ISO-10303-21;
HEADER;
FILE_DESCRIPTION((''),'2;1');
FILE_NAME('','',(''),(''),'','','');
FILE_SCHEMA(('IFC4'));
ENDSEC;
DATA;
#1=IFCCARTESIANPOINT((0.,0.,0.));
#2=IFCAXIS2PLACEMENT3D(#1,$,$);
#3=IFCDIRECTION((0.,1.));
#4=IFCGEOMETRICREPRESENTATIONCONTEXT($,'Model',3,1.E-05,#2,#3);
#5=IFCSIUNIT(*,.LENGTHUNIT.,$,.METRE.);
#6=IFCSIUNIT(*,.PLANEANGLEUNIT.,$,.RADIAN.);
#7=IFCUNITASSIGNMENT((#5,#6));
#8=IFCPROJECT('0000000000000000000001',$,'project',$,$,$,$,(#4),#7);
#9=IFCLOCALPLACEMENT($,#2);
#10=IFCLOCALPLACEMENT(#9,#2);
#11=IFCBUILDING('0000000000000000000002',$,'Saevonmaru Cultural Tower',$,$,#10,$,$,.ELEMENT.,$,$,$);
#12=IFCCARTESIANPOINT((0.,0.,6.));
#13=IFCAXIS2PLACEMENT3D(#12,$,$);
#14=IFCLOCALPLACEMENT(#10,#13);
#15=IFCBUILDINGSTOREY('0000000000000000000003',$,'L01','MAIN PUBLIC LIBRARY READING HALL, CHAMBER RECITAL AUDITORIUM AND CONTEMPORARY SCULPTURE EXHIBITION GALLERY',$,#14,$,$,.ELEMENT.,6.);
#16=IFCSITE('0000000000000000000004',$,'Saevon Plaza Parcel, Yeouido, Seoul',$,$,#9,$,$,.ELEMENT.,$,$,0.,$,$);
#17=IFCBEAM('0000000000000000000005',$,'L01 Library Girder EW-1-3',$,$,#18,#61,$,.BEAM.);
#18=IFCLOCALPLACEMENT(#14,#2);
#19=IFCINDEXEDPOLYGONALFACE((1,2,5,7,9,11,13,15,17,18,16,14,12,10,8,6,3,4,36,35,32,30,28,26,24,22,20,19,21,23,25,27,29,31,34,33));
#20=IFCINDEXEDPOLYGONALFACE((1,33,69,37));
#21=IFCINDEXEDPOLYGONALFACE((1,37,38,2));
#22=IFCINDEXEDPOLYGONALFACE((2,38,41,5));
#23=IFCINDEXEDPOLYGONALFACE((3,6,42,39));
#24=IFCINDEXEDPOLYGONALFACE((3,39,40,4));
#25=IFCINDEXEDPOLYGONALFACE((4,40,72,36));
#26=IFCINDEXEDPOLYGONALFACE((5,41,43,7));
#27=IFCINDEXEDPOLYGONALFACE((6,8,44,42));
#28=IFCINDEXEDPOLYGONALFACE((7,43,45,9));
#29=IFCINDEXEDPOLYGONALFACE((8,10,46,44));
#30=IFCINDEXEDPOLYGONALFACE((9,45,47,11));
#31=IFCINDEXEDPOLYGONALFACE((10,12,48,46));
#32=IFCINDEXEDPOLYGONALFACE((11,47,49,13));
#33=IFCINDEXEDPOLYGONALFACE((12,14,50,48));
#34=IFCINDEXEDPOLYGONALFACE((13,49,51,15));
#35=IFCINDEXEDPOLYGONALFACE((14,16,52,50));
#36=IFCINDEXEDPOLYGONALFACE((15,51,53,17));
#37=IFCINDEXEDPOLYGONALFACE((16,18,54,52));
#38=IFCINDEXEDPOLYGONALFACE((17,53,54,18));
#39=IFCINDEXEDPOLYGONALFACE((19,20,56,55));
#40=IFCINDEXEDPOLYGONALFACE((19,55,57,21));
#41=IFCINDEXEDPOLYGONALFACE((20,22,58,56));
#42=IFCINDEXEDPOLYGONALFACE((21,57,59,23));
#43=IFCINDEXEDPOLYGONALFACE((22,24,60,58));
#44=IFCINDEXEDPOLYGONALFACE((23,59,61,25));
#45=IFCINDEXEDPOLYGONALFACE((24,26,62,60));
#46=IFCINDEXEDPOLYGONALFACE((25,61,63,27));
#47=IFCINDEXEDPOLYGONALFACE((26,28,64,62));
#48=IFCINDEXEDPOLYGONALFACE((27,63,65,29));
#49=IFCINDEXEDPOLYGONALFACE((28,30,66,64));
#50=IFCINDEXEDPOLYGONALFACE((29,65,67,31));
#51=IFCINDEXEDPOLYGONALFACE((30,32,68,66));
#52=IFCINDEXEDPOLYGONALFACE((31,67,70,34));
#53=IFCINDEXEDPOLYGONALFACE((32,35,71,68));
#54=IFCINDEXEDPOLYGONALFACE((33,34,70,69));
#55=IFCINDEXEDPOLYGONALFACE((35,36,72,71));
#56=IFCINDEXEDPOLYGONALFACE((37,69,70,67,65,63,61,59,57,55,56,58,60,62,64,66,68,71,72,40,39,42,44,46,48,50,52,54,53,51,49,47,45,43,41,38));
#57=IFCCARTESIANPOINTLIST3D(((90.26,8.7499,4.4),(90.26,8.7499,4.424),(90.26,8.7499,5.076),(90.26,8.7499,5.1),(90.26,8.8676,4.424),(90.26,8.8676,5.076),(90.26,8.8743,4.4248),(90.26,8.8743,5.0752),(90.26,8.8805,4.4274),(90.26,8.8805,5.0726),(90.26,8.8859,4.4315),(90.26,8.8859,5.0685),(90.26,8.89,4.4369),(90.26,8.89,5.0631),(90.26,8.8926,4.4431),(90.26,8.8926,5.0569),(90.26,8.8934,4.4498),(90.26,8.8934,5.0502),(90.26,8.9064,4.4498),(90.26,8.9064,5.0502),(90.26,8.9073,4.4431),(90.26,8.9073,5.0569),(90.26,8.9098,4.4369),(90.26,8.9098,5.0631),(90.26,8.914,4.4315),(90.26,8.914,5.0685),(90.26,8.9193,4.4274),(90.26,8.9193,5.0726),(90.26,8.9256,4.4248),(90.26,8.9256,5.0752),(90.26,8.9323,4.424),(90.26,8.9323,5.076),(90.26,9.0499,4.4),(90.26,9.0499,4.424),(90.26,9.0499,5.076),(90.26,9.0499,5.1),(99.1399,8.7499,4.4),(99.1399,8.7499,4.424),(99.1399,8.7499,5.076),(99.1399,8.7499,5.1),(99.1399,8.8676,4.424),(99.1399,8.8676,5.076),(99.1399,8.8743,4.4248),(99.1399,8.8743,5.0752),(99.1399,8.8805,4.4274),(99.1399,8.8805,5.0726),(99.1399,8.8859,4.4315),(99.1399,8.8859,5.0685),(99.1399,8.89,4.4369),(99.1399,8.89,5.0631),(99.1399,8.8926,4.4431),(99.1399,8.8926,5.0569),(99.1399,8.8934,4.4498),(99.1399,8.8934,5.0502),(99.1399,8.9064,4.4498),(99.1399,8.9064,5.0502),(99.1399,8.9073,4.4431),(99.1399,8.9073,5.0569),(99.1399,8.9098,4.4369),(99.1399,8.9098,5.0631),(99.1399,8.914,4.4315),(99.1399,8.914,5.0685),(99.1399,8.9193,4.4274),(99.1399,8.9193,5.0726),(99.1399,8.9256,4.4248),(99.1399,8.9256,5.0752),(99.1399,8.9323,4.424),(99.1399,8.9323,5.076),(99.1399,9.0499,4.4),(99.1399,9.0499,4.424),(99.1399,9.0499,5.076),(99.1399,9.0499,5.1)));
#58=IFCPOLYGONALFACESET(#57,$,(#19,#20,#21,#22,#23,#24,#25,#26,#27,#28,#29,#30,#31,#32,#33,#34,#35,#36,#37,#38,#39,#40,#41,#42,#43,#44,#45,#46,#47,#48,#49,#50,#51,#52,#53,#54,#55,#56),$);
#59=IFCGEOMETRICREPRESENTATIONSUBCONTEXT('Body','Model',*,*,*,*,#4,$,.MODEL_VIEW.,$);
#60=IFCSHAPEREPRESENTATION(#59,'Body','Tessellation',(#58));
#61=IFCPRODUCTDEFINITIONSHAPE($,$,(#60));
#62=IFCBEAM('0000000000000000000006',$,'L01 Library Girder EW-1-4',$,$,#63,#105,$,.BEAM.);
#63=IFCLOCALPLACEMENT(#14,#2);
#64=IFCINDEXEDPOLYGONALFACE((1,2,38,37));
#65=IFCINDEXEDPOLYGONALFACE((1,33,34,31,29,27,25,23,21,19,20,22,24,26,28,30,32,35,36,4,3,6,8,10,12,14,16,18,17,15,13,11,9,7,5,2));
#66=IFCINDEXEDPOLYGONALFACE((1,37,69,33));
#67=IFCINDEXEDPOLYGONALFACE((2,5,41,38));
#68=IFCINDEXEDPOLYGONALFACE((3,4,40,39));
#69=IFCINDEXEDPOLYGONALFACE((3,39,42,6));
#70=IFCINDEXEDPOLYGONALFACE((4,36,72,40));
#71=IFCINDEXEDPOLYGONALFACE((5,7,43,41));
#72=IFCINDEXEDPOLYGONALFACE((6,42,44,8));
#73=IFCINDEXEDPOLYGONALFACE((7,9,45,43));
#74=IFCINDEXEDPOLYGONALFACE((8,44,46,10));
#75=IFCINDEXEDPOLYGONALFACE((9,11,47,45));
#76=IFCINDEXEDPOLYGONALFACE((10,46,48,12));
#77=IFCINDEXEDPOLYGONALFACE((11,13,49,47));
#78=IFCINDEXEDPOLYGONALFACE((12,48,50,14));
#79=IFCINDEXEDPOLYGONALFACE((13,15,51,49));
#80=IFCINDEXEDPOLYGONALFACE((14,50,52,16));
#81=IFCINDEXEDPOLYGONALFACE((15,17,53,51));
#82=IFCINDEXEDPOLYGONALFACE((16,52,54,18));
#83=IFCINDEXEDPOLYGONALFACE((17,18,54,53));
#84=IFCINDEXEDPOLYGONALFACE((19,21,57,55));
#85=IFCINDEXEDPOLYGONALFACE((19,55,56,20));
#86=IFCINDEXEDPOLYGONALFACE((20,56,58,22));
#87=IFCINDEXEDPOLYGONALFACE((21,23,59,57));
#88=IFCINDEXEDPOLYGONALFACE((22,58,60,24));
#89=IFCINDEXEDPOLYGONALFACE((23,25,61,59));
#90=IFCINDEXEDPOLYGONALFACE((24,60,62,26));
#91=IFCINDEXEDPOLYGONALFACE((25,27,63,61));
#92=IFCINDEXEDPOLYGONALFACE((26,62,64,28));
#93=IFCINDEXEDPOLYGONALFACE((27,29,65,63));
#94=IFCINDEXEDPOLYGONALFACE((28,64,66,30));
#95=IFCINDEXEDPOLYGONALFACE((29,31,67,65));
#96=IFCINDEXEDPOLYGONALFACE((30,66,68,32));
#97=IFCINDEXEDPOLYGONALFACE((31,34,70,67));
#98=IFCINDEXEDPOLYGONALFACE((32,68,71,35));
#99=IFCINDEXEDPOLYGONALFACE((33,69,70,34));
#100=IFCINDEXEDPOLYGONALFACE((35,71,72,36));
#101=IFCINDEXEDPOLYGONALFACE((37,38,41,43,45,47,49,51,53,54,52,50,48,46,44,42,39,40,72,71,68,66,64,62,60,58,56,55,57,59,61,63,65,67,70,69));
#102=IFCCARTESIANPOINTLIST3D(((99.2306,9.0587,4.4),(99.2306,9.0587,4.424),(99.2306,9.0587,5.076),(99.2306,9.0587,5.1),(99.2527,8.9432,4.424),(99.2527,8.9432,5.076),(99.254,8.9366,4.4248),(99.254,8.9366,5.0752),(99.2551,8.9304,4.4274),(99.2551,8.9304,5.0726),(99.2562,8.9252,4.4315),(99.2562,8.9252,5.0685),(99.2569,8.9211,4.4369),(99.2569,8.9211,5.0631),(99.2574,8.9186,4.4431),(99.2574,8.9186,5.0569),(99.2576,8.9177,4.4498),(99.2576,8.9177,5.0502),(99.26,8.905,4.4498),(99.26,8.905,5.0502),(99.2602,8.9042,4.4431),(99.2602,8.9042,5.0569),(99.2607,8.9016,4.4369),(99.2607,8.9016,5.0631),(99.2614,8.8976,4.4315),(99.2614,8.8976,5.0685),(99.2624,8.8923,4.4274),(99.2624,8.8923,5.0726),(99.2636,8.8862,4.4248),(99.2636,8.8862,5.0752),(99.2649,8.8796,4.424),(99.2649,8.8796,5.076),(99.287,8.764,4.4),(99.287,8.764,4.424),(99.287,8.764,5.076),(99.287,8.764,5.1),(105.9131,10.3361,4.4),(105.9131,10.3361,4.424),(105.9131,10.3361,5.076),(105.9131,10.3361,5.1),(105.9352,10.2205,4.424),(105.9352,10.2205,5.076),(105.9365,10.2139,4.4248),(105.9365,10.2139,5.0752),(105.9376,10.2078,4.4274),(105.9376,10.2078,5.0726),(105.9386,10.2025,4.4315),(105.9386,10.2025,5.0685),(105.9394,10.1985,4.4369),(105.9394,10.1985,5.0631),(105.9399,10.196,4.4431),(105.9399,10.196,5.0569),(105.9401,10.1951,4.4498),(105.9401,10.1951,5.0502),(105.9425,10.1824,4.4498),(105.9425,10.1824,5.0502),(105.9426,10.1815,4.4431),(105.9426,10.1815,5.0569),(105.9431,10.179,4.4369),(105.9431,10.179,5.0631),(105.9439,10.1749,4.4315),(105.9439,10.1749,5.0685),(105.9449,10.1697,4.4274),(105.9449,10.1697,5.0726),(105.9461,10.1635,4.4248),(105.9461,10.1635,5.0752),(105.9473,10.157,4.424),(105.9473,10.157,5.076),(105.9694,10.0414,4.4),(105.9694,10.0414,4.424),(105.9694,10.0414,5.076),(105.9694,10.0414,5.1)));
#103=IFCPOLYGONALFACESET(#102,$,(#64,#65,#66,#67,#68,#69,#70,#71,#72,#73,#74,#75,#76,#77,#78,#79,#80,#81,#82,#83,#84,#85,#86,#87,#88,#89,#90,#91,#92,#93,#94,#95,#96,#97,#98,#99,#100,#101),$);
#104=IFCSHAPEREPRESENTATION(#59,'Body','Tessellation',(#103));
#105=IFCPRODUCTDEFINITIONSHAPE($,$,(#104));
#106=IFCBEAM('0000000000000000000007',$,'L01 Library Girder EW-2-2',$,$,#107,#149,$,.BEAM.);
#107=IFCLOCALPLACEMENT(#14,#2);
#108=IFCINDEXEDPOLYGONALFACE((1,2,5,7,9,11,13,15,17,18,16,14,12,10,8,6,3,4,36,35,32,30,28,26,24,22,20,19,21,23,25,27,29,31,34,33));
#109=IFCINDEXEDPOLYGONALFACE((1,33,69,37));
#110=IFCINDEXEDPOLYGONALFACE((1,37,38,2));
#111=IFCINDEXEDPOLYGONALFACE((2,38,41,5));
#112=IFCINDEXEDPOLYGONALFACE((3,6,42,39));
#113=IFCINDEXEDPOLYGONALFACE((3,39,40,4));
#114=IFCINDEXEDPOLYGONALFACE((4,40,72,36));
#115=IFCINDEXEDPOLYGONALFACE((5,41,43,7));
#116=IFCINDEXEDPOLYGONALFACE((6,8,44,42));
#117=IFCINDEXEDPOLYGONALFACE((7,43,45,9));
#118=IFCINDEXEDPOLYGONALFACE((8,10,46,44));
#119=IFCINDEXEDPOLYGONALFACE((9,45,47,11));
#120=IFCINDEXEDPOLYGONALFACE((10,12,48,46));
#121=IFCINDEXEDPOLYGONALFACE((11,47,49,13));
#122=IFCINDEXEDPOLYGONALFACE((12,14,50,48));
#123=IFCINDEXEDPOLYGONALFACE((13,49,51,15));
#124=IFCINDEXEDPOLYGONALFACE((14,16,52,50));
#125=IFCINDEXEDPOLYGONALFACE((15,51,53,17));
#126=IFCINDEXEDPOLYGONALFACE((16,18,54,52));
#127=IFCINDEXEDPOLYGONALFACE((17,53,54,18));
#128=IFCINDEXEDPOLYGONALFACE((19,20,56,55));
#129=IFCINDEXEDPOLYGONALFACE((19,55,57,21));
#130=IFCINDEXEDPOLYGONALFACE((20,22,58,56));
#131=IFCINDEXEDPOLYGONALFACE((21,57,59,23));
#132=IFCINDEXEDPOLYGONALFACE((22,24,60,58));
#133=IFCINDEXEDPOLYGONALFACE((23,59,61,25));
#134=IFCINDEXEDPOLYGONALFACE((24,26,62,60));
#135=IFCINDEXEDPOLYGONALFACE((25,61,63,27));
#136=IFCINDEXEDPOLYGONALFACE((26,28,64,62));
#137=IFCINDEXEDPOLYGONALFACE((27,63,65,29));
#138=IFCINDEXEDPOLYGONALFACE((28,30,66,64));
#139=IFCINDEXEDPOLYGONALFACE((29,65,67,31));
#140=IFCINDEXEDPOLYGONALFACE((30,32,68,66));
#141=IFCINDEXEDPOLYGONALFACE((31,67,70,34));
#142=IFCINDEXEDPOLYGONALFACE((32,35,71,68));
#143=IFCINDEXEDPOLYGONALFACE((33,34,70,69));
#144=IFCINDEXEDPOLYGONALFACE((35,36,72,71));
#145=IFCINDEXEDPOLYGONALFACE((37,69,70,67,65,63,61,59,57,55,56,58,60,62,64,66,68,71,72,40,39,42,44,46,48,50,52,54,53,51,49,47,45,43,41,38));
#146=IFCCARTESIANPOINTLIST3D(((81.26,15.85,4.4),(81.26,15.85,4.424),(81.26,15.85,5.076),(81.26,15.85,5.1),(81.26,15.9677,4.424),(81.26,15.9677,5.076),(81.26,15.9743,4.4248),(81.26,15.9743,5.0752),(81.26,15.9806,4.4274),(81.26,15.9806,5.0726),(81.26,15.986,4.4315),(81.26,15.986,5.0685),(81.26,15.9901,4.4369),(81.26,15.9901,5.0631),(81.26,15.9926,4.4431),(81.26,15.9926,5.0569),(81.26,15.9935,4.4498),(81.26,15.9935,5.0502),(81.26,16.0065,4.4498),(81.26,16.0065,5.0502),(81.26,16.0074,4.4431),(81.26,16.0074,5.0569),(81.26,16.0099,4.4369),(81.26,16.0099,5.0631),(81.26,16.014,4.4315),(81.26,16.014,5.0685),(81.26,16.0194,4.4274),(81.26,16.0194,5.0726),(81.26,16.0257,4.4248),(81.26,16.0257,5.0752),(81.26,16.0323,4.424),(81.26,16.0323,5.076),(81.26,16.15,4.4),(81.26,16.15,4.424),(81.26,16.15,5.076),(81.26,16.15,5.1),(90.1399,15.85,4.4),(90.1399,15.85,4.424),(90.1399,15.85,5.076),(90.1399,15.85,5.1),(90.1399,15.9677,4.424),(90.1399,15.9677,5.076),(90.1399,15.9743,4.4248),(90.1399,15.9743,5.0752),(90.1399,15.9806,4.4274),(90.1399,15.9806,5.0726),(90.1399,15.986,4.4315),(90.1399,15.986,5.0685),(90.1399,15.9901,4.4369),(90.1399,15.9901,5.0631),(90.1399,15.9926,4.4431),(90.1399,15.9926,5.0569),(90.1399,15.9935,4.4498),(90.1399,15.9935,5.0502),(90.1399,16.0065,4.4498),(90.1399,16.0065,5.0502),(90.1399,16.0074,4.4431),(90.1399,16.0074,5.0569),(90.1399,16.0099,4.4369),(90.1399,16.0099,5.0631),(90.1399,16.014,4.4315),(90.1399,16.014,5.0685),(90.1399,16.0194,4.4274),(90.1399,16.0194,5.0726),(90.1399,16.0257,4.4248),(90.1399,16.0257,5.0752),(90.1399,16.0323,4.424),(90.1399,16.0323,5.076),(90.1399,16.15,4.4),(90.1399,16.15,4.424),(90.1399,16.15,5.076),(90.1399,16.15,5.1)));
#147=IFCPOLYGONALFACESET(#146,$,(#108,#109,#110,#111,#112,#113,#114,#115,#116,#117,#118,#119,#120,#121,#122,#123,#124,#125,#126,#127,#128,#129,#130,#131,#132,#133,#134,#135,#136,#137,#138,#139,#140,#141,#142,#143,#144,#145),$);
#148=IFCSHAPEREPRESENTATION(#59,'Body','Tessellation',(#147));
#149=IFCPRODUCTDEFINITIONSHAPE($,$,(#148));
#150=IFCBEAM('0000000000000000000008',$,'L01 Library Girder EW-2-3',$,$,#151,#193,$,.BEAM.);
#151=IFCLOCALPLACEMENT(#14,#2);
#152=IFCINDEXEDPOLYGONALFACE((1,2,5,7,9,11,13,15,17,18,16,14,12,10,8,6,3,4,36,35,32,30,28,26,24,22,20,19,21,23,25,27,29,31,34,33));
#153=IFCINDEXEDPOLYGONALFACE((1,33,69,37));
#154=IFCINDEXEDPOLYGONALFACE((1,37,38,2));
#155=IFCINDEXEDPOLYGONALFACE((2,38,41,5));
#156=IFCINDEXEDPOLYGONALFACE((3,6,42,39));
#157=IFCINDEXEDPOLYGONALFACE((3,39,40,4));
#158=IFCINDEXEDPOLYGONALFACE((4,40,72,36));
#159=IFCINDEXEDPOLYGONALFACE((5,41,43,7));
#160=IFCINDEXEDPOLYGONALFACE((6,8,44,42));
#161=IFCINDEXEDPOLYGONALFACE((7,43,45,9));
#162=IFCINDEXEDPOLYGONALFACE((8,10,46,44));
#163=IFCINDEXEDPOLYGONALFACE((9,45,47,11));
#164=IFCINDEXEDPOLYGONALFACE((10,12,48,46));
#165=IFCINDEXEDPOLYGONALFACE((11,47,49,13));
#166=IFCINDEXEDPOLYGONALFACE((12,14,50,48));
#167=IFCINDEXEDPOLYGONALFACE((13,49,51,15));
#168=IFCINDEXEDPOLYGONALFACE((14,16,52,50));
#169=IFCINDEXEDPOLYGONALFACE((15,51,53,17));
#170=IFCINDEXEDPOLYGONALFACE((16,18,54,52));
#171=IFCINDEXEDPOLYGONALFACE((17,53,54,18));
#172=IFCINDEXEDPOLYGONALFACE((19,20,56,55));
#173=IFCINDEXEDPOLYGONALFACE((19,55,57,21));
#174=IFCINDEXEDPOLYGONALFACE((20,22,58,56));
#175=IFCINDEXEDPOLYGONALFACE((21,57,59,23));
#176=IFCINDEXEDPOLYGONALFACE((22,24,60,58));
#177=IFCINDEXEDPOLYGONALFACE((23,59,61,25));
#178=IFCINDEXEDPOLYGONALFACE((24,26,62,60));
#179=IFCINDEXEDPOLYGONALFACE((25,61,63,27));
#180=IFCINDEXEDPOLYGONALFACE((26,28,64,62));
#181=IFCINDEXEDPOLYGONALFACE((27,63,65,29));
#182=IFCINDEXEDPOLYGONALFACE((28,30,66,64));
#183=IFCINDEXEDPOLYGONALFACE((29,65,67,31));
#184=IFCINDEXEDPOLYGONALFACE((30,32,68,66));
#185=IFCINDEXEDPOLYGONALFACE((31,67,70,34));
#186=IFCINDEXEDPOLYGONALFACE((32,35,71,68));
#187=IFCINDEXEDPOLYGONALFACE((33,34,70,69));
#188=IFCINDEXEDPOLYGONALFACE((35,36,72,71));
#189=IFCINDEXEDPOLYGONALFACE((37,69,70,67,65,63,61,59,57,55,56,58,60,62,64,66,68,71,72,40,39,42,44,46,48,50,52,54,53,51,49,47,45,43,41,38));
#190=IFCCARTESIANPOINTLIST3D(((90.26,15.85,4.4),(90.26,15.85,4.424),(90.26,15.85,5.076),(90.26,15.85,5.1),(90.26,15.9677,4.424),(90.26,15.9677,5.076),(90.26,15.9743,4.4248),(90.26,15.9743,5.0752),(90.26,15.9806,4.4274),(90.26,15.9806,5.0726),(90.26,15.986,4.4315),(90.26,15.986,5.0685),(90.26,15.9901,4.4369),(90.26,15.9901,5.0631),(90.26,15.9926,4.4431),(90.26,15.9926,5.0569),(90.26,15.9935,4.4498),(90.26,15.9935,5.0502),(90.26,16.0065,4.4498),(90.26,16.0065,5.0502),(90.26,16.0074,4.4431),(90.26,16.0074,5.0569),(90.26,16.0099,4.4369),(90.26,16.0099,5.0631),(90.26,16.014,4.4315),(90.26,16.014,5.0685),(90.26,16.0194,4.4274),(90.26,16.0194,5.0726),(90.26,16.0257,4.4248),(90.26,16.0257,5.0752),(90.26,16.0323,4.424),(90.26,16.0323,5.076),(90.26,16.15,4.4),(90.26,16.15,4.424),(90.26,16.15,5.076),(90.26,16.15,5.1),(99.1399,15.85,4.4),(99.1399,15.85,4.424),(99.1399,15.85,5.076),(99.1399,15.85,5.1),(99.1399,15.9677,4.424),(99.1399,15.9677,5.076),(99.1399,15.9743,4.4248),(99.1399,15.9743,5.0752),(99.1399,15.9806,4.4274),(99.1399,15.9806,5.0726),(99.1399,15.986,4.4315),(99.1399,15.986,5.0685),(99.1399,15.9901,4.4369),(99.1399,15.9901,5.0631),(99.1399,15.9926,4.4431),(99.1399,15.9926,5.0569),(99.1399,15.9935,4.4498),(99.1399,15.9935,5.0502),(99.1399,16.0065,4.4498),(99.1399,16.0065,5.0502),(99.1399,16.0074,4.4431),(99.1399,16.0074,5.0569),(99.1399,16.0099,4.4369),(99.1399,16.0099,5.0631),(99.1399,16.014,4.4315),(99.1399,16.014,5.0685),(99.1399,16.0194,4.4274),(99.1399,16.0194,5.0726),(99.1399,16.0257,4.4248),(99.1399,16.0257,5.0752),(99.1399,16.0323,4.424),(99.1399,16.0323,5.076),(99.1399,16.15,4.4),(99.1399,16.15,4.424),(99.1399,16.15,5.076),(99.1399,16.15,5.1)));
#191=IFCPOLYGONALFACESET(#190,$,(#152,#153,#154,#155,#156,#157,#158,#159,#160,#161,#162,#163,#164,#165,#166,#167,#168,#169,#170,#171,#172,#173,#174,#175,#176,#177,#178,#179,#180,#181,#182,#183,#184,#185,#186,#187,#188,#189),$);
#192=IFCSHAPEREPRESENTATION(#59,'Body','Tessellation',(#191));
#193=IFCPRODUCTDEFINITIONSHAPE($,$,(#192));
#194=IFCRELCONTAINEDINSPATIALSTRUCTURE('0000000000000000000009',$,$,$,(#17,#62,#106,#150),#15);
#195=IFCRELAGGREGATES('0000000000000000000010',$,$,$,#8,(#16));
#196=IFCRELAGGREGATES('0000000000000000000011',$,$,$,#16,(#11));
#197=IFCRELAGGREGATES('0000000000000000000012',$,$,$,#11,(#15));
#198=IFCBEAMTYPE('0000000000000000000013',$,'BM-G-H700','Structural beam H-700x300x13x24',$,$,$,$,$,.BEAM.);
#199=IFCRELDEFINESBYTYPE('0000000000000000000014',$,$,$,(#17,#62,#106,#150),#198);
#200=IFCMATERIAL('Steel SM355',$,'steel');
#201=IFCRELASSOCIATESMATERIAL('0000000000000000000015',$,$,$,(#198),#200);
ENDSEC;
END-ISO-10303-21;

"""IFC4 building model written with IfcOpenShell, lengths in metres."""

from ifc_helpers import new_model, si_unit, direction, frame, origin, origin_2d, place, context, subcontext, project, spatial, i_section, extrude, material, material_profile, profile_set, type_object, element, save


model = new_model("IFC4")

# Units and contexts
model_context = context("Model", 3, precision=1e-05, world=origin(), true_north=direction((0.0, 1.0)))
body_context = subcontext(model_context, "Body", "Model", "MODEL_VIEW")
ifc_project = project(units=[si_unit("LENGTHUNIT", "METRE"), si_unit("PLANEANGLEUNIT", "RADIAN")], contexts=[model_context])

# Site, building, storey
site_placement = place(None, origin())
site = spatial("IfcSite", under=ifc_project, at=site_placement, Name="Saevon Plaza Parcel, Yeouido, Seoul", CompositionType="ELEMENT", RefElevation=0.0)
building_placement = place(site_placement, origin())
building = spatial("IfcBuilding", under=site, at=building_placement, Name="Saevonmaru Cultural Tower", CompositionType="ELEMENT")
storey_placement = place(building_placement, frame((0.0, 0.0, 6.0)))
storey = spatial("IfcBuildingStorey", under=building, at=storey_placement, Name="L01", Description="MAIN PUBLIC LIBRARY READING HALL, CHAMBER RECITAL AUDITORIUM AND CONTEMPORARY SCULPTURE EXHIBITION GALLERY", CompositionType="ELEMENT", Elevation=6.0)

# Shared definitions
ifc_material_1 = material(Name="Steel SM355", Category="steel")

# Beams
ifc_material_profile_1 = material_profile(ifc_material_1, i_section(OverallWidth=0.3, OverallDepth=0.7, WebThickness=0.0129, FlangeThickness=0.0239, FilletRadius=0.0259, at=origin_2d()), Name="H-700x300x13x24")
ifc_profile_set_1 = profile_set([ifc_material_profile_1], Name="Steel SM355")
beam_type_1 = type_object("IfcBeamType", Name="BM-G-H700", Description="Structural beam H-700x300x13x24", PredefinedType="BEAM", material=ifc_profile_set_1)
beam_1_placement = place(storey_placement, frame((90.26, 8.8999, 4.75), z_axis=(1.0, 0.0, 0.0), x_axis=(0.0, 1.0, 0.0)))
element("IfcBeam", 1, at=beam_1_placement, inside=storey, type_object=beam_type_1, Name="L01 Library Girder EW-1-3", PredefinedType="BEAM", context=body_context, shape_type="SweptSolid", body=[
    extrude(i_section(OverallWidth=0.3, OverallDepth=0.7, WebThickness=0.0129, FlangeThickness=0.0239, FilletRadius=0.0259, at=origin_2d()), origin(), (0.0, 0.0, 1.0), 8.8799),
])
beam_2_placement = place(storey_placement, frame((99.2588, 8.9114, 4.75), z_axis=(0.982216, 0.187752, 0.0), x_axis=(-0.187752, 0.982216, 0.0)))
element("IfcBeam", 2, at=beam_2_placement, inside=storey, type_object=beam_type_1, Name="L01 Library Girder EW-1-4", PredefinedType="BEAM", context=body_context, shape_type="SweptSolid", body=[
    extrude(i_section(OverallWidth=0.3, OverallDepth=0.7, WebThickness=0.0129, FlangeThickness=0.0239, FilletRadius=0.0259, at=origin_2d()), origin(), (0.0, 0.0, 1.0), 6.8035),
])
for number, where, z_axis, x_axis, name in (
    (3, (81.26, 16.0, 4.75), (1.0, 0.0, 0.0), (0.0, 1.0, 0.0), "L01 Library Girder EW-2-2"),
    (4, (90.26, 16.0, 4.75), (1.0, 0.0, 0.0), (0.0, 1.0, 0.0), "L01 Library Girder EW-2-3"),
):
    element("IfcBeam", number, at=place(storey_placement, frame(where, z_axis=z_axis, x_axis=x_axis)), inside=storey, type_object=beam_type_1, Name=name, PredefinedType="BEAM", context=body_context, shape_type="SweptSolid", body=[
        extrude(i_section(OverallWidth=0.3, OverallDepth=0.7, WebThickness=0.0129, FlangeThickness=0.0239, FilletRadius=0.0259, at=origin_2d()), origin(), (0.0, 0.0, 1.0), 8.8799),
    ])

save(model, "model.ifc")
